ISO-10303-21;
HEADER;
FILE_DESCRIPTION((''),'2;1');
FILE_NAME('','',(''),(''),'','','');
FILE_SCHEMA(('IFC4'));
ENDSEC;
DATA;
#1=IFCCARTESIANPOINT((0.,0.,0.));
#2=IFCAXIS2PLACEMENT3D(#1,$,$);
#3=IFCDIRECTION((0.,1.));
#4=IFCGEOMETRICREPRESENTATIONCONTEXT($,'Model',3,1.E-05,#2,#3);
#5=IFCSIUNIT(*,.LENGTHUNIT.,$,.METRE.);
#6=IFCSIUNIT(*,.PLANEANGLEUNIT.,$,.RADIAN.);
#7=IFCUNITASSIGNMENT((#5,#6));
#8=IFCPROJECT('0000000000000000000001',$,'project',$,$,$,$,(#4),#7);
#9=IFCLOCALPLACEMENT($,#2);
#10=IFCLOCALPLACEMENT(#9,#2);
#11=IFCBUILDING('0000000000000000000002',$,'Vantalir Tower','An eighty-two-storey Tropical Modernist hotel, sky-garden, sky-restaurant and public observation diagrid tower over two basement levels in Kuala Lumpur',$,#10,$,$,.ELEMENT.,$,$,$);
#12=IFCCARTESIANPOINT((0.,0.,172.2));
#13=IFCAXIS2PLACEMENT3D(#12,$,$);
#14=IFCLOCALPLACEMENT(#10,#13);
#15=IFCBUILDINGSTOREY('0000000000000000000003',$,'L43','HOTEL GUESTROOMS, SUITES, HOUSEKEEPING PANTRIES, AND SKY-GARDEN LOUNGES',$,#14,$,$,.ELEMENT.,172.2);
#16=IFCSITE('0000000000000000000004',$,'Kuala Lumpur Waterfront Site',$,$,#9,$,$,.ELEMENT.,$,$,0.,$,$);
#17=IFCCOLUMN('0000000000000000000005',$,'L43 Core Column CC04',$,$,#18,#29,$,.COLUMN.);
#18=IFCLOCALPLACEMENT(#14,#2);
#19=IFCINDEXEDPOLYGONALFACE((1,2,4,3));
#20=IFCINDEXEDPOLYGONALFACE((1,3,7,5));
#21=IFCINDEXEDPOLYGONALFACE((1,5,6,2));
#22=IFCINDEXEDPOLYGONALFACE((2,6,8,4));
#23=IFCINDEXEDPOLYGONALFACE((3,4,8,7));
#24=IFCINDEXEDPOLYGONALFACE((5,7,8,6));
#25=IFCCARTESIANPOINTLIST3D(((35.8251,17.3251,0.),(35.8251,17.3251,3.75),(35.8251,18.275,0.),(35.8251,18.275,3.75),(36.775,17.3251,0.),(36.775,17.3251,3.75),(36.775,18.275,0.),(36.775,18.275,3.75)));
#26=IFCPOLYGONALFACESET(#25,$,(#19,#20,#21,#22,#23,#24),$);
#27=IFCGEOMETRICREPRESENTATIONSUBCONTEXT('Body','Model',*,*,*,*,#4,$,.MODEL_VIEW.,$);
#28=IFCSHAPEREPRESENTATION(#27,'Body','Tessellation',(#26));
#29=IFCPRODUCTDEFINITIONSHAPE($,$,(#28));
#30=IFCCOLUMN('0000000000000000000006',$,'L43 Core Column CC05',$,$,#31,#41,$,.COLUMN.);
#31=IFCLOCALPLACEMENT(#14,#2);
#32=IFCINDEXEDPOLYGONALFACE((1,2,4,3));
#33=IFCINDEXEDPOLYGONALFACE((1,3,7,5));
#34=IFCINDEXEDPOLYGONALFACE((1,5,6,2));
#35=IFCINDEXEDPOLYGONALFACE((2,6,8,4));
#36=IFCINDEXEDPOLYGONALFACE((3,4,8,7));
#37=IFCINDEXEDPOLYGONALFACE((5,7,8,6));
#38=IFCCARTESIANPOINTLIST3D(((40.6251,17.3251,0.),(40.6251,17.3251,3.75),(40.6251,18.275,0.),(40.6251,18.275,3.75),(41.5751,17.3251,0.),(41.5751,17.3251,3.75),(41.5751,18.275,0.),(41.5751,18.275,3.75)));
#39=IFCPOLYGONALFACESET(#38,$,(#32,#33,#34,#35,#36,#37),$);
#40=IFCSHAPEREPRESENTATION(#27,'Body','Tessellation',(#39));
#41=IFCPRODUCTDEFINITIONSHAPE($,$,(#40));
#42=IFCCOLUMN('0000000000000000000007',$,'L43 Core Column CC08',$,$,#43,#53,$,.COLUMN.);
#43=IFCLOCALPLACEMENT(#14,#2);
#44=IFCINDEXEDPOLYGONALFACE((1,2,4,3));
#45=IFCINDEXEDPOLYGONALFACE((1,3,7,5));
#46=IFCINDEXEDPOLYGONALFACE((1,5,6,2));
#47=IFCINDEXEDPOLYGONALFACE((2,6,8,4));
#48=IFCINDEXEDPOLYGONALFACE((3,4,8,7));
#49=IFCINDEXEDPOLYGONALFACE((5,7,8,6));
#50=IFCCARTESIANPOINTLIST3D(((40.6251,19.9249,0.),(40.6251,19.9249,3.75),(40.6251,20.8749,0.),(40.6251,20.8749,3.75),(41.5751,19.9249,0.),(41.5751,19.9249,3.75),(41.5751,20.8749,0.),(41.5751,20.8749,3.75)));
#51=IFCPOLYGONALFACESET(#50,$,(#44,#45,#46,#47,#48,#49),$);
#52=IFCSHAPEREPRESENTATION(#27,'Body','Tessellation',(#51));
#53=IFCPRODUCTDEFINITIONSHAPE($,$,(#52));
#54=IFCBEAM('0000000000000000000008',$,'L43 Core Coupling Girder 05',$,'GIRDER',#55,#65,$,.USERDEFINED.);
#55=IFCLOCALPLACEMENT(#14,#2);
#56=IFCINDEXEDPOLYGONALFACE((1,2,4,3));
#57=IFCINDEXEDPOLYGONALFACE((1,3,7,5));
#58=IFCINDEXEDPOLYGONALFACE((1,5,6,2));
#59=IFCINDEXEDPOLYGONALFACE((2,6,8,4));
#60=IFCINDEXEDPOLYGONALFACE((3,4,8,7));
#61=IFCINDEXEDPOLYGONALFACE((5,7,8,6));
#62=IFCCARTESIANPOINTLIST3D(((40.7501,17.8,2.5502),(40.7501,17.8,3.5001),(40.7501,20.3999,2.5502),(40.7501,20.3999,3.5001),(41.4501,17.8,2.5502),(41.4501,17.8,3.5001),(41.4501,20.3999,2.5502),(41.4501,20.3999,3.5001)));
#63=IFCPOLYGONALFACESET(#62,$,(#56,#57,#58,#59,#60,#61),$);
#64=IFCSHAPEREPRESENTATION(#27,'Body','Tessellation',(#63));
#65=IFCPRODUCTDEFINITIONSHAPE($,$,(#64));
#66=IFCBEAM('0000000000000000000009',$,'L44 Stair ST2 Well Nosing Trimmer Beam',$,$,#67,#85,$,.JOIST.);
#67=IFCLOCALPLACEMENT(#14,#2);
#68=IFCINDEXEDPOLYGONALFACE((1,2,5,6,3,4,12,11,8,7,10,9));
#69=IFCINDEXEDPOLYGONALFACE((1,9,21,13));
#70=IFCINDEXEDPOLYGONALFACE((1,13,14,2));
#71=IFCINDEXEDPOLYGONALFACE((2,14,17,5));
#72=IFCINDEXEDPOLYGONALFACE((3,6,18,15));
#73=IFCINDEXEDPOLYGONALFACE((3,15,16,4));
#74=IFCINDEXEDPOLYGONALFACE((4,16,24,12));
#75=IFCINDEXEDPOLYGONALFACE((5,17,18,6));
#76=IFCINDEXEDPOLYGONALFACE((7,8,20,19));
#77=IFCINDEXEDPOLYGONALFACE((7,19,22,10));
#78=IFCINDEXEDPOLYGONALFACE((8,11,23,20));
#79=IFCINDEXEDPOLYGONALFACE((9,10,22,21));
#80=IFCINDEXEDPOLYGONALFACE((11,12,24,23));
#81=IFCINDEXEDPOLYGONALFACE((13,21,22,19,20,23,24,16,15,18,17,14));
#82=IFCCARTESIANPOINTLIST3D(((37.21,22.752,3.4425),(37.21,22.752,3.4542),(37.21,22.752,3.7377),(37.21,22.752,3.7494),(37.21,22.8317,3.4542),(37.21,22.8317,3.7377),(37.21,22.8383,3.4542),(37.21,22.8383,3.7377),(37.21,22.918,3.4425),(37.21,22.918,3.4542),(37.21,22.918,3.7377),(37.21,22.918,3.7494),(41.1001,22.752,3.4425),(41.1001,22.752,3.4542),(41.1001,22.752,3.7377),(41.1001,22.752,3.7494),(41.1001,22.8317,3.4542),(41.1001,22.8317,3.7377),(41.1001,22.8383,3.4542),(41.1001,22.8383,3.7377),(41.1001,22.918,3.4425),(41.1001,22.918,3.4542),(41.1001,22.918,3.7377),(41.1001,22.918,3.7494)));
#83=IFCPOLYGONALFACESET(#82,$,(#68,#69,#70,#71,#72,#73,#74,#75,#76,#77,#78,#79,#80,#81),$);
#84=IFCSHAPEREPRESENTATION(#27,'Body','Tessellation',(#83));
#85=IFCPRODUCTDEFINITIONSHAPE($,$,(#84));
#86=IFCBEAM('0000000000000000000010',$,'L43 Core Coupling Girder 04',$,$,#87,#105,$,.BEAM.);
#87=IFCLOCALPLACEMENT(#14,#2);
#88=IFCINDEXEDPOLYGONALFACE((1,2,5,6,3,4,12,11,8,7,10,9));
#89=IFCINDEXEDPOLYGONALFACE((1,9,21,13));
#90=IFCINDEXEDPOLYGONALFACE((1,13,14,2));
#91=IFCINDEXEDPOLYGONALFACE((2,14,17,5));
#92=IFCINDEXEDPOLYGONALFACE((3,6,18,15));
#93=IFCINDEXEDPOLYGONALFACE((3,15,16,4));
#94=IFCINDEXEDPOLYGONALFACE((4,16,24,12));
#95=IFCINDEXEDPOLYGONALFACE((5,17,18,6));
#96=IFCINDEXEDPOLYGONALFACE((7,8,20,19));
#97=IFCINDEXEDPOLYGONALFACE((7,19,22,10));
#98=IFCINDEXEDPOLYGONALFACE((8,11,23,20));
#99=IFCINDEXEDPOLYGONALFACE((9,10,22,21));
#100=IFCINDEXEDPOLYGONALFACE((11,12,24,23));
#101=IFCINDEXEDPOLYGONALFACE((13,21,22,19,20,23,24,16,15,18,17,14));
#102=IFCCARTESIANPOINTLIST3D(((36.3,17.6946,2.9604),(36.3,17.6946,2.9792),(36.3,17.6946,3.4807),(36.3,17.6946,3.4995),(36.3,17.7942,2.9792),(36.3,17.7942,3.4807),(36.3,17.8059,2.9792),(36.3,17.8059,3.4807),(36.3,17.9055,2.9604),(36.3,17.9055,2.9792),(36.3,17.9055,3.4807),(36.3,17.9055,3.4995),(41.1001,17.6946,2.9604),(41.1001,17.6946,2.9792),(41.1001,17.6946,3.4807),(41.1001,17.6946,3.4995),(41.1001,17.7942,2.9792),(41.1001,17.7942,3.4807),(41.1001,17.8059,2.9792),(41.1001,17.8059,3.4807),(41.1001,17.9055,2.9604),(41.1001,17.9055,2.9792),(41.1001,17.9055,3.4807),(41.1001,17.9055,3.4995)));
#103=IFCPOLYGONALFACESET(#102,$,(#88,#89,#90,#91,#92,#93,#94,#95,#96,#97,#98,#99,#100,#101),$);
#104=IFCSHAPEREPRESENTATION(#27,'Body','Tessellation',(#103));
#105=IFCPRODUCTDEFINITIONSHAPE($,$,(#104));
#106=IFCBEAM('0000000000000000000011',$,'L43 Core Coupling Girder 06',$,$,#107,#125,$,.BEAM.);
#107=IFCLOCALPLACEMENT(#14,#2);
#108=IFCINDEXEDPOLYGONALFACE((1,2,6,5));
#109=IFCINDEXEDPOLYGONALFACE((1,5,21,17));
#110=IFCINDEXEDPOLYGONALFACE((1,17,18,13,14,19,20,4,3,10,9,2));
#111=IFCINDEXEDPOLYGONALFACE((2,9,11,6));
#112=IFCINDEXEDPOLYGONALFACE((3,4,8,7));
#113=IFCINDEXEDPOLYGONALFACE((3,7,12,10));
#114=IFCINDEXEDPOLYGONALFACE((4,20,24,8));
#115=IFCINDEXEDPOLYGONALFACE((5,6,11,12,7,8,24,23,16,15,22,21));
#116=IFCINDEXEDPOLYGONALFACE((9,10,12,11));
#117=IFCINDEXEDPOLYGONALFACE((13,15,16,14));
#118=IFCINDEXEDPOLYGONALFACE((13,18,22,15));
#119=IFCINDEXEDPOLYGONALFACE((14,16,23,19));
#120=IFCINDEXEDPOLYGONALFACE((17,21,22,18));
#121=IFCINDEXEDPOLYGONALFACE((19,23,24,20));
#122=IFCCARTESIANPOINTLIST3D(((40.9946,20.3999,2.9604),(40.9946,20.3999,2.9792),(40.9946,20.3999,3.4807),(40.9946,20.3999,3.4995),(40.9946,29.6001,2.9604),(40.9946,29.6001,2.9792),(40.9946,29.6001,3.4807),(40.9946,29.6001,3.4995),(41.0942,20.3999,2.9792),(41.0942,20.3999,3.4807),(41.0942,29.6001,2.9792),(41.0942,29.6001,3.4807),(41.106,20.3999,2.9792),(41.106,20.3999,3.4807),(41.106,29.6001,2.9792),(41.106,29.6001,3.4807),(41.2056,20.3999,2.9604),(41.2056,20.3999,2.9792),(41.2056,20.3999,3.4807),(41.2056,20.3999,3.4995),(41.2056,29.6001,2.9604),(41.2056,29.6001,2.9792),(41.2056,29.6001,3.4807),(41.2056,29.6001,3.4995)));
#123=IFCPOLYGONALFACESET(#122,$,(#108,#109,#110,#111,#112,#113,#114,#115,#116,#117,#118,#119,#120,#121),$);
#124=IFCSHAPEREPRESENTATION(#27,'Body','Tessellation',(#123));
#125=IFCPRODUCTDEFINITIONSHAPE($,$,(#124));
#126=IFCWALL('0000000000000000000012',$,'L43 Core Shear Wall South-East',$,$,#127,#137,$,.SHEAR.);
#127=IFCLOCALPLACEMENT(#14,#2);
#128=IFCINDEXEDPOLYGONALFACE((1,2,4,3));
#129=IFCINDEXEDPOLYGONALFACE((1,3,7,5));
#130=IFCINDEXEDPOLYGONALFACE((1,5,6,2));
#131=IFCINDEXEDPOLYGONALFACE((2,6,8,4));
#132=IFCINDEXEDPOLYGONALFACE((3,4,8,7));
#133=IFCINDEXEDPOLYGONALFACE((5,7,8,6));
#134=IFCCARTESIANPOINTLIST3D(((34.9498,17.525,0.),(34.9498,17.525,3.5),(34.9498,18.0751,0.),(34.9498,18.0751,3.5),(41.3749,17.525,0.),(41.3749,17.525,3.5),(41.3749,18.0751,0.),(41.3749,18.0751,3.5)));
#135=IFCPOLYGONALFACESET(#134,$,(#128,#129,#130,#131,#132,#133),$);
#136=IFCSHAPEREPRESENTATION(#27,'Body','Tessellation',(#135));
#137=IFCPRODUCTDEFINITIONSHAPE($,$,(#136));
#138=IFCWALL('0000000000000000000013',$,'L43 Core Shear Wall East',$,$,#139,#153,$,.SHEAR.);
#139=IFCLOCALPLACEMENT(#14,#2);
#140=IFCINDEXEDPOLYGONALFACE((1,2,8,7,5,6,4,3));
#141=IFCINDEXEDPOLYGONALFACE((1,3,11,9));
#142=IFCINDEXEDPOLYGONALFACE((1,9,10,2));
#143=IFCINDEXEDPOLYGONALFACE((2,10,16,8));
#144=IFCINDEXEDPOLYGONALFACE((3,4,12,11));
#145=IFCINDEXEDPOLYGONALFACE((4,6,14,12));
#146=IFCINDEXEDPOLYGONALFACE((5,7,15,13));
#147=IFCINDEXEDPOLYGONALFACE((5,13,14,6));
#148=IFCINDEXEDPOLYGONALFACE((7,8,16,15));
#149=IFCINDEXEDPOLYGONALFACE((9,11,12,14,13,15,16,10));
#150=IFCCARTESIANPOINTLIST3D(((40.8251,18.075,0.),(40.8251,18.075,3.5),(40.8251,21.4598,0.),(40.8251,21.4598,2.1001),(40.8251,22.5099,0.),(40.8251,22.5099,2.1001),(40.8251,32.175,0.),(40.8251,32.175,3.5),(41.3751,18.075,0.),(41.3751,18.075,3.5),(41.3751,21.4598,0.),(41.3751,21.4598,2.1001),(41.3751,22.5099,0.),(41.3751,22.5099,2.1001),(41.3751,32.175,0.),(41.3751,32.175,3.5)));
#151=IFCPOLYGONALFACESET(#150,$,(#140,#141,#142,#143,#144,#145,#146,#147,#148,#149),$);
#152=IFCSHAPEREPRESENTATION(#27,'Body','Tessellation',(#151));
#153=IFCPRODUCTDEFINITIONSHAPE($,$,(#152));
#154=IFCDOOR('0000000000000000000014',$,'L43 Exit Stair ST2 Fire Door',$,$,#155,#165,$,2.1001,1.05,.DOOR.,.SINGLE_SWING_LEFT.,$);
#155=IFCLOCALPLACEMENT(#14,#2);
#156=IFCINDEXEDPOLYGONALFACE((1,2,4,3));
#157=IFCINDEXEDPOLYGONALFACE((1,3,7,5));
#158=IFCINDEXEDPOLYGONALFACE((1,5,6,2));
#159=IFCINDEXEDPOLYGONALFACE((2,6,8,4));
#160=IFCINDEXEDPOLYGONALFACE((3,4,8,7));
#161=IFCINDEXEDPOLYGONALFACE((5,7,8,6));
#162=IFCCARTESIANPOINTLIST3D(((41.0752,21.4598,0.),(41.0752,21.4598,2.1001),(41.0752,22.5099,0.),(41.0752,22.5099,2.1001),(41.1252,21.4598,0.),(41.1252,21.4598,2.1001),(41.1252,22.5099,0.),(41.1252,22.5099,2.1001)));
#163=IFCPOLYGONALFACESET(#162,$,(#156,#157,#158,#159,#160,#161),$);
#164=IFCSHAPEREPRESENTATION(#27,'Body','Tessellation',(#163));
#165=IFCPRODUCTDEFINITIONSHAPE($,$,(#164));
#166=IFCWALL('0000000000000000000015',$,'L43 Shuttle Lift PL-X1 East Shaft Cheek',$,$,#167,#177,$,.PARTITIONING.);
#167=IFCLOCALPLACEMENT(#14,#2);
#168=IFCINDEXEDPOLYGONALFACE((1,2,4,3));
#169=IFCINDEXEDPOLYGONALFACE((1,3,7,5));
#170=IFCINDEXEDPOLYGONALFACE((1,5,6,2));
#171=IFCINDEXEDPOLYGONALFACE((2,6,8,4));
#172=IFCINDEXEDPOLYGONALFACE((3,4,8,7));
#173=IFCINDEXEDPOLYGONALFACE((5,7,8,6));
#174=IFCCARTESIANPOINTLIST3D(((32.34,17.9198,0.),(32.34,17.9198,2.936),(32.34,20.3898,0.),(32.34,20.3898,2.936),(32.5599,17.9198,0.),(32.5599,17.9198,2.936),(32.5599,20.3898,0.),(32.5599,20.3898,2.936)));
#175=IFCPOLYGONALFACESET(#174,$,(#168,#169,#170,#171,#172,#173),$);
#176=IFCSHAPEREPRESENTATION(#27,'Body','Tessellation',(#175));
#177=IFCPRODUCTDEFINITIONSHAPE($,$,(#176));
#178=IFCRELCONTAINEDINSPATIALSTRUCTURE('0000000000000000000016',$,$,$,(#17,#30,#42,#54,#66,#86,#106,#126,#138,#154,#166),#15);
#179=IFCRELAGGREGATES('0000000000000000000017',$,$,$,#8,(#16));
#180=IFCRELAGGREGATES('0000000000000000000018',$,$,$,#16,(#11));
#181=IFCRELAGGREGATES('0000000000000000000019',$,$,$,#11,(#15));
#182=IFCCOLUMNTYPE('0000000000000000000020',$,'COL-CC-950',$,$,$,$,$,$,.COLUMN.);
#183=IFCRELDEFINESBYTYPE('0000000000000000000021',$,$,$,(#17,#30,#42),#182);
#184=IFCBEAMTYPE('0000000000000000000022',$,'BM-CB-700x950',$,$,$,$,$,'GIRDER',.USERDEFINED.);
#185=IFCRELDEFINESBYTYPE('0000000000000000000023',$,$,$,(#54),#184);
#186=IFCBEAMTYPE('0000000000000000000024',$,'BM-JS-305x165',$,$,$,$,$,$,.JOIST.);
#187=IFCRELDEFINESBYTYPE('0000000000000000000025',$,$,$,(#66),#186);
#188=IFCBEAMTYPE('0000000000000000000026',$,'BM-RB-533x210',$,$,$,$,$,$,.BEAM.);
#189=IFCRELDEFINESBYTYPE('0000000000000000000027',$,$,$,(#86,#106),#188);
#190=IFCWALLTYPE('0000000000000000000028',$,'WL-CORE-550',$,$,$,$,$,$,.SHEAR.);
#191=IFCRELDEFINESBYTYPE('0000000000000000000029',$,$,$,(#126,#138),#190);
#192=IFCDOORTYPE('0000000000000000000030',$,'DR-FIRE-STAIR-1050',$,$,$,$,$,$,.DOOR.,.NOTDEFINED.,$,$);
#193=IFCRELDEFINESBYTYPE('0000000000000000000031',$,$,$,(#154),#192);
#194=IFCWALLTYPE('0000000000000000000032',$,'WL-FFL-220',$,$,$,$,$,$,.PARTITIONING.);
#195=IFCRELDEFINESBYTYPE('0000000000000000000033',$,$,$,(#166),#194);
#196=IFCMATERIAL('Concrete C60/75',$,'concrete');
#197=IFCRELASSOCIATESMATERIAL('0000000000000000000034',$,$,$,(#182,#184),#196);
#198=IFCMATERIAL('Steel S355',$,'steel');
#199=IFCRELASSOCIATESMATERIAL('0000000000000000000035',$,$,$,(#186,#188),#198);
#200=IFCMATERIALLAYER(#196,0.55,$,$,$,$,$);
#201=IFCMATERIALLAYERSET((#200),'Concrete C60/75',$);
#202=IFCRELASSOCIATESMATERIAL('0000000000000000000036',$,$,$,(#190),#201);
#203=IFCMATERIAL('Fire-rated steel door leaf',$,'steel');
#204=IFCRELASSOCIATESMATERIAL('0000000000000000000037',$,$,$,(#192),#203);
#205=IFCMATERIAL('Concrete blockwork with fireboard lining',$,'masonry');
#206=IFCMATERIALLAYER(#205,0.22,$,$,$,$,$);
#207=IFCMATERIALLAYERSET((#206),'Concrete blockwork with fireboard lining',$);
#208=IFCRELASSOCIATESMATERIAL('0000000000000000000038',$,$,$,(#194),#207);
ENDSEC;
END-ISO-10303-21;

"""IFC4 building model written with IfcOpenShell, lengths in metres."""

from ifc_helpers import new_model, si_unit, direction, frame, frame_2d, origin, origin_2d, place, context, subcontext, project, spatial, rectangle, i_section, extrude, material, layer, layer_set, material_profile, profile_set, type_object, element, fill, save


model = new_model("IFC4")

# Units and contexts
model_context = context("Model", 3, precision=1e-05, world=origin(), true_north=direction((0.0, 1.0)))
body_context = subcontext(model_context, "Body", "Model", "MODEL_VIEW")
ifc_project = project(units=[si_unit("LENGTHUNIT", "METRE"), si_unit("PLANEANGLEUNIT", "RADIAN")], contexts=[model_context])

# Site, building, storey
site_placement = place(None, origin())
site = spatial("IfcSite", under=ifc_project, at=site_placement, Name="Kuala Lumpur Waterfront Site", CompositionType="ELEMENT", RefElevation=0.0)
building_placement = place(site_placement, origin())
building = spatial("IfcBuilding", under=site, at=building_placement, Name="Vantalir Tower", Description="An eighty-two-storey Tropical Modernist hotel, sky-garden, sky-restaurant and public observation diagrid tower over two basement levels in Kuala Lumpur", CompositionType="ELEMENT")
storey_placement = place(building_placement, frame((0.0, 0.0, 172.2)))
storey = spatial("IfcBuildingStorey", under=building, at=storey_placement, Name="L43", Description="HOTEL GUESTROOMS, SUITES, HOUSEKEEPING PANTRIES, AND SKY-GARDEN LOUNGES", CompositionType="ELEMENT", Elevation=172.2)

# Columns
ifc_material_1 = material(Name="Concrete C60/75", Category="concrete")
ifc_material_profile_1 = material_profile(ifc_material_1, rectangle(XDim=0.95, YDim=0.95, at=origin_2d()), Name="Concrete C60/75")
ifc_profile_set_1 = profile_set([ifc_material_profile_1], Name="Concrete C60/75")
column_type = type_object("IfcColumnType", Name="COL-CC-950", PredefinedType="COLUMN", material=ifc_profile_set_1)
for number, where, z_axis, x_axis, name in (
    (1, (36.3, 17.8, 0.0), (0.0, 0.0, 1.0), (1.0, 0.0, 0.0), "L43 Core Column CC04"),
    (2, (41.1001, 17.8, 0.0), (0.0, 0.0, 1.0), (1.0, 0.0, 0.0), "L43 Core Column CC05"),
    (3, (41.1001, 20.3999, 0.0), (0.0, 0.0, 1.0), (1.0, 0.0, 0.0), "L43 Core Column CC08"),
):
    element("IfcColumn", number, at=place(storey_placement, frame(where, z_axis=z_axis, x_axis=x_axis)), inside=storey, type_object=column_type, Name=name, PredefinedType="COLUMN", context=body_context, shape_type="SweptSolid", body=[
        extrude(rectangle(XDim=0.95, YDim=0.95, at=origin_2d()), origin(), (0.0, 0.0, 1.0), 3.75),
    ])

# Beams
ifc_material_profile_2 = material_profile(ifc_material_1, rectangle(XDim=0.7, YDim=0.95, at=origin_2d()), Name="Concrete C60/75")
ifc_profile_set_2 = profile_set([ifc_material_profile_2], Name="Concrete C60/75")
beam_type_1 = type_object("IfcBeamType", Name="BM-CB-700x950", ElementType="GIRDER", PredefinedType="USERDEFINED", material=ifc_profile_set_2)
beam_1_placement = place(storey_placement, frame((41.1001, 17.8, 3.0251), z_axis=(0.0, 1.0, 0.0), x_axis=(-1.0, 0.0, 0.0)))
element("IfcBeam", 4, at=beam_1_placement, inside=storey, type_object=beam_type_1, Name="L43 Core Coupling Girder 05", ObjectType="GIRDER", PredefinedType="USERDEFINED", context=body_context, shape_type="SweptSolid", body=[
    extrude(rectangle(XDim=0.7, YDim=0.95, at=origin_2d()), origin(), (0.0, 0.0, 1.0), 2.5999),
])
ifc_material_2 = material(Name="Steel S355", Category="steel")
ifc_material_profile_3 = material_profile(ifc_material_2, i_section(OverallWidth=0.166, OverallDepth=0.3069, WebThickness=0.0066, FlangeThickness=0.0117, at=origin_2d()), Name="Steel S355")
ifc_profile_set_3 = profile_set([ifc_material_profile_3], Name="Steel S355")
beam_type_2 = type_object("IfcBeamType", Name="BM-JS-305x165", PredefinedType="JOIST", material=ifc_profile_set_3)
beam_2_placement = place(storey_placement, frame((37.21, 22.835, 3.5959), z_axis=(1.0, 0.0, 0.0), x_axis=(0.0, 1.0, 0.0)))
element("IfcBeam", 5, at=beam_2_placement, inside=storey, type_object=beam_type_2, Name="L44 Stair ST2 Well Nosing Trimmer Beam", PredefinedType="JOIST", context=body_context, shape_type="SweptSolid", body=[
    extrude(i_section(OverallWidth=0.166, OverallDepth=0.3069, WebThickness=0.0066, FlangeThickness=0.0117, at=origin_2d()), origin(), (0.0, 0.0, 1.0), 3.8901),
])
ifc_material_profile_4 = material_profile(ifc_material_2, i_section(OverallWidth=0.2109, OverallDepth=0.5391, WebThickness=0.0117, FlangeThickness=0.0188, at=origin_2d()), Name="Steel S355")
ifc_profile_set_4 = profile_set([ifc_material_profile_4], Name="Steel S355")
beam_type_3 = type_object("IfcBeamType", Name="BM-RB-533x210", PredefinedType="BEAM", material=ifc_profile_set_4)
beam_3_placement = place(storey_placement, frame((36.3, 17.8, 3.23), z_axis=(1.0, 0.0, 0.0), x_axis=(0.0, 1.0, 0.0)))
element("IfcBeam", 6, at=beam_3_placement, inside=storey, type_object=beam_type_3, Name="L43 Core Coupling Girder 04", PredefinedType="BEAM", context=body_context, shape_type="SweptSolid", body=[
    extrude(i_section(OverallWidth=0.2109, OverallDepth=0.5391, WebThickness=0.0117, FlangeThickness=0.0188, at=origin_2d()), origin(), (0.0, 0.0, 1.0), 4.8),
])
beam_4_placement = place(storey_placement, frame((41.1001, 20.3999, 3.23), z_axis=(0.0, 1.0, 0.0), x_axis=(-1.0, 0.0, 0.0)))
element("IfcBeam", 7, at=beam_4_placement, inside=storey, type_object=beam_type_3, Name="L43 Core Coupling Girder 06", PredefinedType="BEAM", context=body_context, shape_type="SweptSolid", body=[
    extrude(i_section(OverallWidth=0.2109, OverallDepth=0.5391, WebThickness=0.0117, FlangeThickness=0.0188, at=origin_2d()), origin(), (0.0, 0.0, 1.0), 9.2002),
])

# Wall
ifc_layer_1 = layer(ifc_material_1, 0.55)
ifc_layer_set_1 = layer_set([ifc_layer_1], Name="Concrete C60/75")
wall_type_1 = type_object("IfcWallType", Name="WL-CORE-550", PredefinedType="SHEAR", material=ifc_layer_set_1)
wall_1_placement = place(storey_placement, frame((34.95, 17.8, 0.0), z_axis=(0.0, 0.0, 1.0), x_axis=(1.0, 0.0, 0.0)))
element("IfcWall", 8, at=wall_1_placement, inside=storey, type_object=wall_type_1, Name="L43 Core Shear Wall South-East", PredefinedType="SHEAR", context=body_context, shape_type="SweptSolid", body=[
    extrude(rectangle(XDim=6.425, YDim=0.55, at=frame_2d((3.2124, 0.0))), origin(), (0.0, 0.0, 1.0), 3.5),
])

# Wall, opening, door
wall_2_placement = place(storey_placement, frame((41.1001, 18.075, 0.0), z_axis=(0.0, 0.0, 1.0), x_axis=(0.0, 1.0, 0.0)))
wall_2 = element("IfcWall", 9, at=wall_2_placement, inside=storey, type_object=wall_type_1, Name="L43 Core Shear Wall East", PredefinedType="SHEAR", context=body_context, shape_type="SweptSolid", body=[
    extrude(rectangle(XDim=14.1001, YDim=0.55, at=frame_2d((7.05, 0.0))), origin(), (0.0, 0.0, 1.0), 3.5),
])
opening_1_placement = place(wall_2_placement, frame((3.385, 0.0, 0.0)))
opening_1 = element("IfcOpeningElement", 10, at=opening_1_placement, cuts=wall_2, PredefinedType="OPENING", context=body_context, shape_type="SweptSolid", body=[
    extrude(rectangle(XDim=1.05, YDim=2.1001, at=frame_2d((0.5249, 1.05))), frame((0.0, 0.2849, 0.0), z_axis=(0.0, -1.0, 0.0), x_axis=(1.0, 0.0, 0.0)), (0.0, 0.0, 1.0), 0.5701),
])
ifc_material_3 = material(Name="Fire-rated steel door leaf", Category="steel")
door_type_1 = type_object("IfcDoorType", Name="DR-FIRE-STAIR-1050", OperationType="NOTDEFINED", PredefinedType="DOOR", material=ifc_material_3)
door_1_placement = place(opening_1_placement, origin())
door_1 = element("IfcDoor", 11, at=door_1_placement, inside=storey, type_object=door_type_1, Name="L43 Exit Stair ST2 Fire Door", OperationType="SINGLE_SWING_LEFT", OverallHeight=2.1001, OverallWidth=1.05, PredefinedType="DOOR", context=body_context, shape_type="SweptSolid", body=[
    extrude(rectangle(XDim=1.05, YDim=2.1001, at=frame_2d((0.5249, 1.05))), frame((0.0, 0.0249, 0.0), z_axis=(0.0, -1.0, 0.0), x_axis=(1.0, 0.0, 0.0)), (0.0, 0.0, 1.0), 0.05),
])
fill(opening_1, door_1)

# Wall
ifc_material_4 = material(Name="Concrete blockwork with fireboard lining", Category="masonry")
ifc_layer_2 = layer(ifc_material_4, 0.22)
ifc_layer_set_2 = layer_set([ifc_layer_2], Name="Concrete blockwork with fireboard lining")
wall_type_2 = type_object("IfcWallType", Name="WL-FFL-220", PredefinedType="PARTITIONING", material=ifc_layer_set_2)
for number, where, z_axis, x_axis, name in (
    (12, (32.45, 17.9199, 0.0), (0.0, 0.0, 1.0), (0.0, 1.0, 0.0), "L43 Shuttle Lift PL-X1 East Shaft Cheek"),
):
    element("IfcWall", number, at=place(storey_placement, frame(where, z_axis=z_axis, x_axis=x_axis)), inside=storey, type_object=wall_type_2, Name=name, PredefinedType="PARTITIONING", context=body_context, shape_type="SweptSolid", body=[
        extrude(rectangle(XDim=2.47, YDim=0.22, at=frame_2d((1.2349, 0.0))), origin(), (0.0, 0.0, 1.0), 2.936),
    ])

save(model, "model.ifc")
